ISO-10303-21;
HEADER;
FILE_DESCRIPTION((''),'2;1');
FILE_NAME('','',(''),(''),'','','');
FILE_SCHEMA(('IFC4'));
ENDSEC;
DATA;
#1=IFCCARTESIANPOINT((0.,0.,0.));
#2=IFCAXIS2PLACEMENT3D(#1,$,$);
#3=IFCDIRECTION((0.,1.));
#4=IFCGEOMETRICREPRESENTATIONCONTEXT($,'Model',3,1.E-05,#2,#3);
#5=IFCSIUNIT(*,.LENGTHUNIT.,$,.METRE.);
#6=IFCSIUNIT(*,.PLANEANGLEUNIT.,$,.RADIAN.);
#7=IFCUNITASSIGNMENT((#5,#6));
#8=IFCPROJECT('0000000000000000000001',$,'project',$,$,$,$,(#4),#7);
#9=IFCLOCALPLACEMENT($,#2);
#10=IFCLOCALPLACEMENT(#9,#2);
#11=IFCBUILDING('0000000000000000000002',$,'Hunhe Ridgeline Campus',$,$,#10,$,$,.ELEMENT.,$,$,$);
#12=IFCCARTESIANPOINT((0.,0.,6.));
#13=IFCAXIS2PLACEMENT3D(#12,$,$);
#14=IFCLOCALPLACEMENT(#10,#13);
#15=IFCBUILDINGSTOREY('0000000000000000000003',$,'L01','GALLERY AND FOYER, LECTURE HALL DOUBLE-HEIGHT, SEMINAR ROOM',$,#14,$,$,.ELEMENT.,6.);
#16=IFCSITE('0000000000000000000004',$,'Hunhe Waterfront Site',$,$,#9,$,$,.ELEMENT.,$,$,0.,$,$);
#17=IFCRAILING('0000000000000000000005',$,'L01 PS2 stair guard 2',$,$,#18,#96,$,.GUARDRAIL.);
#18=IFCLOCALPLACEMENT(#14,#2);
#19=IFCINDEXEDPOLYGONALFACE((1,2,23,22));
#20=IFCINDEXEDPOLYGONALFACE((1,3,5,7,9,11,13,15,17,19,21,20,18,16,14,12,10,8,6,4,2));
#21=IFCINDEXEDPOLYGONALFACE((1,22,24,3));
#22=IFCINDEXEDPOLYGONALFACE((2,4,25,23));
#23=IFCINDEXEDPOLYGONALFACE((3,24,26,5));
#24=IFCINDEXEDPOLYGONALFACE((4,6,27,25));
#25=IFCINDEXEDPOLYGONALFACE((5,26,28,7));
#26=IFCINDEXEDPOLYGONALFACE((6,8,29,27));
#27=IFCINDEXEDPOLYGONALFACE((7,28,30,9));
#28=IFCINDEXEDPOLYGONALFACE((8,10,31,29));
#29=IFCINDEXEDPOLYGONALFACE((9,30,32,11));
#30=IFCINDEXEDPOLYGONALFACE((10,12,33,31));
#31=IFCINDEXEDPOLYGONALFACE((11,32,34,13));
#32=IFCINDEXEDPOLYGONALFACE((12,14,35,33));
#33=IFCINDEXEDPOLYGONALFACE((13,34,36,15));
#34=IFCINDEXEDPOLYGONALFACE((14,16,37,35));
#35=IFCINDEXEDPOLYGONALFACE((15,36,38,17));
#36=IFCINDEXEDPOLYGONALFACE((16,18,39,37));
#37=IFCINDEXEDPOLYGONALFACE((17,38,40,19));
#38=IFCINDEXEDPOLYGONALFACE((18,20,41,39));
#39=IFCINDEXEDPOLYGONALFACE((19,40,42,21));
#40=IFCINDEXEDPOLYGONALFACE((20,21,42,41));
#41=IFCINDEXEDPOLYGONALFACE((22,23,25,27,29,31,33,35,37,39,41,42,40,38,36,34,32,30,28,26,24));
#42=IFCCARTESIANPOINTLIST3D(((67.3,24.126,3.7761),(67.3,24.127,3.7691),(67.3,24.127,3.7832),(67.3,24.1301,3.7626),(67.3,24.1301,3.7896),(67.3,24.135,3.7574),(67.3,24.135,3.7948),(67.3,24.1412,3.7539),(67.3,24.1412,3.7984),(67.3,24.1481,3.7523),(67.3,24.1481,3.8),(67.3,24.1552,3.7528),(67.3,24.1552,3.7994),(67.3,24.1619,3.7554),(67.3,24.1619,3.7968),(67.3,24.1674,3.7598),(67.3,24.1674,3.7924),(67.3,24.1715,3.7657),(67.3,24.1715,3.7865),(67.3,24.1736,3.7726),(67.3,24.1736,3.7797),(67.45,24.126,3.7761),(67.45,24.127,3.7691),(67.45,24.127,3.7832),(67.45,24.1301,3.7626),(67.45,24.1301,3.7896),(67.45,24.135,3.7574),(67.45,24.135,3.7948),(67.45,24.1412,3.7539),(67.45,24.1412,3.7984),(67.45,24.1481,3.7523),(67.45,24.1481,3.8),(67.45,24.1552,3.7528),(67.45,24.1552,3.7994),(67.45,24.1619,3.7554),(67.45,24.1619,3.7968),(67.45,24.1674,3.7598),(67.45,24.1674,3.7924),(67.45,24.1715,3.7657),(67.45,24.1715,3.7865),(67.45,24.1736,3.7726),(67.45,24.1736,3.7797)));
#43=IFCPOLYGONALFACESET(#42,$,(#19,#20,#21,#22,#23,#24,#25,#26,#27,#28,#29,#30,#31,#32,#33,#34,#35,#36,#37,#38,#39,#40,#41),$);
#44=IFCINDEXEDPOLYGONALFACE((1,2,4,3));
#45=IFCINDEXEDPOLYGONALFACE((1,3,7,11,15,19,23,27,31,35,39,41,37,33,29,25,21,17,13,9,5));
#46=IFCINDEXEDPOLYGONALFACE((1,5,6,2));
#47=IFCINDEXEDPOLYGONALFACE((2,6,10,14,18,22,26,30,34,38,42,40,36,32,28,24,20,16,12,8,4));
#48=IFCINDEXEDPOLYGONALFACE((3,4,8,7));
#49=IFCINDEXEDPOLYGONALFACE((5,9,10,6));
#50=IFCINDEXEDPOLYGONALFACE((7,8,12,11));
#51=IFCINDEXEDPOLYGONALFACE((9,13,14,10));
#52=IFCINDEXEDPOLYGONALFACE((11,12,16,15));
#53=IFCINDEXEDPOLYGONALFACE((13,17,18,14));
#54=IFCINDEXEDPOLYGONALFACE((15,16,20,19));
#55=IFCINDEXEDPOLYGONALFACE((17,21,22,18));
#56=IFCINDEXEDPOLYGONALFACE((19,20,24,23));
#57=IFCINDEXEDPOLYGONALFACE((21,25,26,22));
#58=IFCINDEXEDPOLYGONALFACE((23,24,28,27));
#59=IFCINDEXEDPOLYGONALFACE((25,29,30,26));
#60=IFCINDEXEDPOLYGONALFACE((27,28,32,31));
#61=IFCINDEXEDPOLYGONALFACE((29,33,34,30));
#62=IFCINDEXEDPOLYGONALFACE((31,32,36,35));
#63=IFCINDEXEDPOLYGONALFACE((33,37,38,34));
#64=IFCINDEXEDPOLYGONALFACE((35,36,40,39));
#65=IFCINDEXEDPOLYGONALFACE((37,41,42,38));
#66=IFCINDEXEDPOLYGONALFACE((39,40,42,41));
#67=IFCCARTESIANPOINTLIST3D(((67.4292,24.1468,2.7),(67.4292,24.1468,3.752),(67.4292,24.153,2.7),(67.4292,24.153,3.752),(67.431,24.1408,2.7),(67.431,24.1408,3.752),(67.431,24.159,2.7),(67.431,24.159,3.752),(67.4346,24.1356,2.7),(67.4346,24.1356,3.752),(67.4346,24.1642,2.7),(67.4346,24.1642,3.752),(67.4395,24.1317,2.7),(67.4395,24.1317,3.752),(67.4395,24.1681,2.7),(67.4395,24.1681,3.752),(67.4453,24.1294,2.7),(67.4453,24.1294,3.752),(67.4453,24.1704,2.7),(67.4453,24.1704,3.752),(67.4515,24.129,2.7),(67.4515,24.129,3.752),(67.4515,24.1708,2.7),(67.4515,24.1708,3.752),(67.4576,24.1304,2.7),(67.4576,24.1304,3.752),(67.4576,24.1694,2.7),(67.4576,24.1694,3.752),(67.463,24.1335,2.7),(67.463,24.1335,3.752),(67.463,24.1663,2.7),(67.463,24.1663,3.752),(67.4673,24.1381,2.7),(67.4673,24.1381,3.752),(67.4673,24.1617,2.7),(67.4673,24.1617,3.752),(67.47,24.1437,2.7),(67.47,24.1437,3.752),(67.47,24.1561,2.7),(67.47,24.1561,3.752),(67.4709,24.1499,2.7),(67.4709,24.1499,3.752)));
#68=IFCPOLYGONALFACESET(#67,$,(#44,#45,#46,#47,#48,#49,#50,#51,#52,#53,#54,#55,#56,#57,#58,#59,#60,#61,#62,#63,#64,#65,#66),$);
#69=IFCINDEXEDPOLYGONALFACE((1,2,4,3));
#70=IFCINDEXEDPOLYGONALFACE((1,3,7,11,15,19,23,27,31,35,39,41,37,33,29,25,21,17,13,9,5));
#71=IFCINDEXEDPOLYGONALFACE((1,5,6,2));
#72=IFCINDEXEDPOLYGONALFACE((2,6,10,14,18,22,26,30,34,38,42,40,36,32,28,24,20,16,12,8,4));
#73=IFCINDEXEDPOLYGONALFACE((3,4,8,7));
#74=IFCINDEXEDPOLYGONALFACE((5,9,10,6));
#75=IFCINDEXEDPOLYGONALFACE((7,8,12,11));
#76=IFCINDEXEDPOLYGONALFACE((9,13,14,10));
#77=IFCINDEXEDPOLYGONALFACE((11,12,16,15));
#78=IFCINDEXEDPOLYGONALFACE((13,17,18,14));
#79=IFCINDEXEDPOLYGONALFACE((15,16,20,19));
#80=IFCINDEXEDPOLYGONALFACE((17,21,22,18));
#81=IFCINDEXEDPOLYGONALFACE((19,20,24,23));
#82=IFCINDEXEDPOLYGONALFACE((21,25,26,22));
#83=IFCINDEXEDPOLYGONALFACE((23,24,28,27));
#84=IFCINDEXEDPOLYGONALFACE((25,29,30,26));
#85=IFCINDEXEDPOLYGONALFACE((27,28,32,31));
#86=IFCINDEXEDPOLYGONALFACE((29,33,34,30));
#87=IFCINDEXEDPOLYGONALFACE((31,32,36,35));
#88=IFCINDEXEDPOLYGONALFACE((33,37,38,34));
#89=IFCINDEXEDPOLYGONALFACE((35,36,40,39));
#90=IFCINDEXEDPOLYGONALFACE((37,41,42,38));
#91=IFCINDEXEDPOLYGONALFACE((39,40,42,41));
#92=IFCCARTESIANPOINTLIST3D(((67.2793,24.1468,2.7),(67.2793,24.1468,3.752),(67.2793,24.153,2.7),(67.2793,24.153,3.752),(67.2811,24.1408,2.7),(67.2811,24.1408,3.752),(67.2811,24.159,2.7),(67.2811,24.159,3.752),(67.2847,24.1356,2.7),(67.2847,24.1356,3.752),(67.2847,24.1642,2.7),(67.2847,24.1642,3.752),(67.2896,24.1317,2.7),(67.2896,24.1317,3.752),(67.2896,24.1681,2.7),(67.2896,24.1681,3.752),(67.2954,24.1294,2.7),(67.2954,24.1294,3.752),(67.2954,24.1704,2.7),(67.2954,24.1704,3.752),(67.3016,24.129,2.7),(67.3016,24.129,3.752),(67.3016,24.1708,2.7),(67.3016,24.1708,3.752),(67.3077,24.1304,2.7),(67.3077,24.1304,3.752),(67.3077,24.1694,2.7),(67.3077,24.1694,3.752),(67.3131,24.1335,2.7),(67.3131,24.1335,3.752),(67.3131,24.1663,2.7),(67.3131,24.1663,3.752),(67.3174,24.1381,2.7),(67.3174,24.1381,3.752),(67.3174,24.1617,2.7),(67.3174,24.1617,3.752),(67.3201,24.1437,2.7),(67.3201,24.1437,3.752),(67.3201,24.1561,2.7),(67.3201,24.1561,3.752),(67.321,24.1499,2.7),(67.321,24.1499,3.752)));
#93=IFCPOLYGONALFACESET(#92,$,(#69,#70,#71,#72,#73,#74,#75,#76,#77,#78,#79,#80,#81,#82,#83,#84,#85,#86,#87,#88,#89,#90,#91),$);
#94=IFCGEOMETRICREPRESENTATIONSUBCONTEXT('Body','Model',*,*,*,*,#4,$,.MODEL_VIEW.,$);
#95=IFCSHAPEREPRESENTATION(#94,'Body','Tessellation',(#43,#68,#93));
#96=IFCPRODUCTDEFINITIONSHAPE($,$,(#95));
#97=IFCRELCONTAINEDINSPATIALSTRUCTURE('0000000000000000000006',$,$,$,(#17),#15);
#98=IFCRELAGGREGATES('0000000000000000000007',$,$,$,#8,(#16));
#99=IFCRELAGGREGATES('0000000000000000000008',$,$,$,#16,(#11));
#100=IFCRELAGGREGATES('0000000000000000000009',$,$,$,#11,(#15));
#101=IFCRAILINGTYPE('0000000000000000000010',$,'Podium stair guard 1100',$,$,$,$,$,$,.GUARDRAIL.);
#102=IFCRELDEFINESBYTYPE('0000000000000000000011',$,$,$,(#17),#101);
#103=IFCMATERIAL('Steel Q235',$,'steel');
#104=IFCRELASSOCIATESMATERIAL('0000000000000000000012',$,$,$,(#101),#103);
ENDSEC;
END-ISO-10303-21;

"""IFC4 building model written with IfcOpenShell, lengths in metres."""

from ifc_helpers import new_model, si_unit, direction, frame, origin, origin_2d, place, context, subcontext, project, spatial, circle, extrude, material, type_object, element, save


model = new_model("IFC4")

# Units and contexts
model_context = context("Model", 3, precision=1e-05, world=origin(), true_north=direction((0.0, 1.0)))
body_context = subcontext(model_context, "Body", "Model", "MODEL_VIEW")
ifc_project = project(units=[si_unit("LENGTHUNIT", "METRE"), si_unit("PLANEANGLEUNIT", "RADIAN")], contexts=[model_context])

# Site, building, storey
site_placement = place(None, origin())
site = spatial("IfcSite", under=ifc_project, at=site_placement, Name="Hunhe Waterfront Site", CompositionType="ELEMENT", RefElevation=0.0)
building_placement = place(site_placement, origin())
building = spatial("IfcBuilding", under=site, at=building_placement, Name="Hunhe Ridgeline Campus", CompositionType="ELEMENT")
storey_placement = place(building_placement, frame((0.0, 0.0, 6.0)))
storey = spatial("IfcBuildingStorey", under=building, at=storey_placement, Name="L01", Description="GALLERY AND FOYER, LECTURE HALL DOUBLE-HEIGHT, SEMINAR ROOM", CompositionType="ELEMENT", Elevation=6.0)

# Shared definitions
ifc_material_1 = material(Name="Steel Q235", Category="steel")

# Railing
railing_type_1 = type_object("IfcRailingType", Name="Podium stair guard 1100", PredefinedType="GUARDRAIL", material=ifc_material_1)
railing_1_placement = place(storey_placement, frame((67.45, 24.1499, 2.7)))
element("IfcRailing", 1, at=railing_1_placement, inside=storey, type_object=railing_type_1, Name="L01 PS2 stair guard 2", PredefinedType="GUARDRAIL", context=body_context, shape_type="SweptSolid", body=[
    extrude(circle(Radius=0.0239, at=origin_2d()), frame((0.0, 0.0, 1.0762), z_axis=(-1.0, 0.0, 0.0), x_axis=(0.0, -1.0, 0.0)), (0.0, 0.0, 1.0), 0.1499),
    extrude(circle(Radius=0.021, at=origin_2d()), origin(), (0.0, 0.0, 1.0), 1.052),
    extrude(circle(Radius=0.021, at=origin_2d()), frame((-0.1499, 0.0, 0.0)), (0.0, 0.0, 1.0), 1.052),
])

save(model, "model.ifc")
